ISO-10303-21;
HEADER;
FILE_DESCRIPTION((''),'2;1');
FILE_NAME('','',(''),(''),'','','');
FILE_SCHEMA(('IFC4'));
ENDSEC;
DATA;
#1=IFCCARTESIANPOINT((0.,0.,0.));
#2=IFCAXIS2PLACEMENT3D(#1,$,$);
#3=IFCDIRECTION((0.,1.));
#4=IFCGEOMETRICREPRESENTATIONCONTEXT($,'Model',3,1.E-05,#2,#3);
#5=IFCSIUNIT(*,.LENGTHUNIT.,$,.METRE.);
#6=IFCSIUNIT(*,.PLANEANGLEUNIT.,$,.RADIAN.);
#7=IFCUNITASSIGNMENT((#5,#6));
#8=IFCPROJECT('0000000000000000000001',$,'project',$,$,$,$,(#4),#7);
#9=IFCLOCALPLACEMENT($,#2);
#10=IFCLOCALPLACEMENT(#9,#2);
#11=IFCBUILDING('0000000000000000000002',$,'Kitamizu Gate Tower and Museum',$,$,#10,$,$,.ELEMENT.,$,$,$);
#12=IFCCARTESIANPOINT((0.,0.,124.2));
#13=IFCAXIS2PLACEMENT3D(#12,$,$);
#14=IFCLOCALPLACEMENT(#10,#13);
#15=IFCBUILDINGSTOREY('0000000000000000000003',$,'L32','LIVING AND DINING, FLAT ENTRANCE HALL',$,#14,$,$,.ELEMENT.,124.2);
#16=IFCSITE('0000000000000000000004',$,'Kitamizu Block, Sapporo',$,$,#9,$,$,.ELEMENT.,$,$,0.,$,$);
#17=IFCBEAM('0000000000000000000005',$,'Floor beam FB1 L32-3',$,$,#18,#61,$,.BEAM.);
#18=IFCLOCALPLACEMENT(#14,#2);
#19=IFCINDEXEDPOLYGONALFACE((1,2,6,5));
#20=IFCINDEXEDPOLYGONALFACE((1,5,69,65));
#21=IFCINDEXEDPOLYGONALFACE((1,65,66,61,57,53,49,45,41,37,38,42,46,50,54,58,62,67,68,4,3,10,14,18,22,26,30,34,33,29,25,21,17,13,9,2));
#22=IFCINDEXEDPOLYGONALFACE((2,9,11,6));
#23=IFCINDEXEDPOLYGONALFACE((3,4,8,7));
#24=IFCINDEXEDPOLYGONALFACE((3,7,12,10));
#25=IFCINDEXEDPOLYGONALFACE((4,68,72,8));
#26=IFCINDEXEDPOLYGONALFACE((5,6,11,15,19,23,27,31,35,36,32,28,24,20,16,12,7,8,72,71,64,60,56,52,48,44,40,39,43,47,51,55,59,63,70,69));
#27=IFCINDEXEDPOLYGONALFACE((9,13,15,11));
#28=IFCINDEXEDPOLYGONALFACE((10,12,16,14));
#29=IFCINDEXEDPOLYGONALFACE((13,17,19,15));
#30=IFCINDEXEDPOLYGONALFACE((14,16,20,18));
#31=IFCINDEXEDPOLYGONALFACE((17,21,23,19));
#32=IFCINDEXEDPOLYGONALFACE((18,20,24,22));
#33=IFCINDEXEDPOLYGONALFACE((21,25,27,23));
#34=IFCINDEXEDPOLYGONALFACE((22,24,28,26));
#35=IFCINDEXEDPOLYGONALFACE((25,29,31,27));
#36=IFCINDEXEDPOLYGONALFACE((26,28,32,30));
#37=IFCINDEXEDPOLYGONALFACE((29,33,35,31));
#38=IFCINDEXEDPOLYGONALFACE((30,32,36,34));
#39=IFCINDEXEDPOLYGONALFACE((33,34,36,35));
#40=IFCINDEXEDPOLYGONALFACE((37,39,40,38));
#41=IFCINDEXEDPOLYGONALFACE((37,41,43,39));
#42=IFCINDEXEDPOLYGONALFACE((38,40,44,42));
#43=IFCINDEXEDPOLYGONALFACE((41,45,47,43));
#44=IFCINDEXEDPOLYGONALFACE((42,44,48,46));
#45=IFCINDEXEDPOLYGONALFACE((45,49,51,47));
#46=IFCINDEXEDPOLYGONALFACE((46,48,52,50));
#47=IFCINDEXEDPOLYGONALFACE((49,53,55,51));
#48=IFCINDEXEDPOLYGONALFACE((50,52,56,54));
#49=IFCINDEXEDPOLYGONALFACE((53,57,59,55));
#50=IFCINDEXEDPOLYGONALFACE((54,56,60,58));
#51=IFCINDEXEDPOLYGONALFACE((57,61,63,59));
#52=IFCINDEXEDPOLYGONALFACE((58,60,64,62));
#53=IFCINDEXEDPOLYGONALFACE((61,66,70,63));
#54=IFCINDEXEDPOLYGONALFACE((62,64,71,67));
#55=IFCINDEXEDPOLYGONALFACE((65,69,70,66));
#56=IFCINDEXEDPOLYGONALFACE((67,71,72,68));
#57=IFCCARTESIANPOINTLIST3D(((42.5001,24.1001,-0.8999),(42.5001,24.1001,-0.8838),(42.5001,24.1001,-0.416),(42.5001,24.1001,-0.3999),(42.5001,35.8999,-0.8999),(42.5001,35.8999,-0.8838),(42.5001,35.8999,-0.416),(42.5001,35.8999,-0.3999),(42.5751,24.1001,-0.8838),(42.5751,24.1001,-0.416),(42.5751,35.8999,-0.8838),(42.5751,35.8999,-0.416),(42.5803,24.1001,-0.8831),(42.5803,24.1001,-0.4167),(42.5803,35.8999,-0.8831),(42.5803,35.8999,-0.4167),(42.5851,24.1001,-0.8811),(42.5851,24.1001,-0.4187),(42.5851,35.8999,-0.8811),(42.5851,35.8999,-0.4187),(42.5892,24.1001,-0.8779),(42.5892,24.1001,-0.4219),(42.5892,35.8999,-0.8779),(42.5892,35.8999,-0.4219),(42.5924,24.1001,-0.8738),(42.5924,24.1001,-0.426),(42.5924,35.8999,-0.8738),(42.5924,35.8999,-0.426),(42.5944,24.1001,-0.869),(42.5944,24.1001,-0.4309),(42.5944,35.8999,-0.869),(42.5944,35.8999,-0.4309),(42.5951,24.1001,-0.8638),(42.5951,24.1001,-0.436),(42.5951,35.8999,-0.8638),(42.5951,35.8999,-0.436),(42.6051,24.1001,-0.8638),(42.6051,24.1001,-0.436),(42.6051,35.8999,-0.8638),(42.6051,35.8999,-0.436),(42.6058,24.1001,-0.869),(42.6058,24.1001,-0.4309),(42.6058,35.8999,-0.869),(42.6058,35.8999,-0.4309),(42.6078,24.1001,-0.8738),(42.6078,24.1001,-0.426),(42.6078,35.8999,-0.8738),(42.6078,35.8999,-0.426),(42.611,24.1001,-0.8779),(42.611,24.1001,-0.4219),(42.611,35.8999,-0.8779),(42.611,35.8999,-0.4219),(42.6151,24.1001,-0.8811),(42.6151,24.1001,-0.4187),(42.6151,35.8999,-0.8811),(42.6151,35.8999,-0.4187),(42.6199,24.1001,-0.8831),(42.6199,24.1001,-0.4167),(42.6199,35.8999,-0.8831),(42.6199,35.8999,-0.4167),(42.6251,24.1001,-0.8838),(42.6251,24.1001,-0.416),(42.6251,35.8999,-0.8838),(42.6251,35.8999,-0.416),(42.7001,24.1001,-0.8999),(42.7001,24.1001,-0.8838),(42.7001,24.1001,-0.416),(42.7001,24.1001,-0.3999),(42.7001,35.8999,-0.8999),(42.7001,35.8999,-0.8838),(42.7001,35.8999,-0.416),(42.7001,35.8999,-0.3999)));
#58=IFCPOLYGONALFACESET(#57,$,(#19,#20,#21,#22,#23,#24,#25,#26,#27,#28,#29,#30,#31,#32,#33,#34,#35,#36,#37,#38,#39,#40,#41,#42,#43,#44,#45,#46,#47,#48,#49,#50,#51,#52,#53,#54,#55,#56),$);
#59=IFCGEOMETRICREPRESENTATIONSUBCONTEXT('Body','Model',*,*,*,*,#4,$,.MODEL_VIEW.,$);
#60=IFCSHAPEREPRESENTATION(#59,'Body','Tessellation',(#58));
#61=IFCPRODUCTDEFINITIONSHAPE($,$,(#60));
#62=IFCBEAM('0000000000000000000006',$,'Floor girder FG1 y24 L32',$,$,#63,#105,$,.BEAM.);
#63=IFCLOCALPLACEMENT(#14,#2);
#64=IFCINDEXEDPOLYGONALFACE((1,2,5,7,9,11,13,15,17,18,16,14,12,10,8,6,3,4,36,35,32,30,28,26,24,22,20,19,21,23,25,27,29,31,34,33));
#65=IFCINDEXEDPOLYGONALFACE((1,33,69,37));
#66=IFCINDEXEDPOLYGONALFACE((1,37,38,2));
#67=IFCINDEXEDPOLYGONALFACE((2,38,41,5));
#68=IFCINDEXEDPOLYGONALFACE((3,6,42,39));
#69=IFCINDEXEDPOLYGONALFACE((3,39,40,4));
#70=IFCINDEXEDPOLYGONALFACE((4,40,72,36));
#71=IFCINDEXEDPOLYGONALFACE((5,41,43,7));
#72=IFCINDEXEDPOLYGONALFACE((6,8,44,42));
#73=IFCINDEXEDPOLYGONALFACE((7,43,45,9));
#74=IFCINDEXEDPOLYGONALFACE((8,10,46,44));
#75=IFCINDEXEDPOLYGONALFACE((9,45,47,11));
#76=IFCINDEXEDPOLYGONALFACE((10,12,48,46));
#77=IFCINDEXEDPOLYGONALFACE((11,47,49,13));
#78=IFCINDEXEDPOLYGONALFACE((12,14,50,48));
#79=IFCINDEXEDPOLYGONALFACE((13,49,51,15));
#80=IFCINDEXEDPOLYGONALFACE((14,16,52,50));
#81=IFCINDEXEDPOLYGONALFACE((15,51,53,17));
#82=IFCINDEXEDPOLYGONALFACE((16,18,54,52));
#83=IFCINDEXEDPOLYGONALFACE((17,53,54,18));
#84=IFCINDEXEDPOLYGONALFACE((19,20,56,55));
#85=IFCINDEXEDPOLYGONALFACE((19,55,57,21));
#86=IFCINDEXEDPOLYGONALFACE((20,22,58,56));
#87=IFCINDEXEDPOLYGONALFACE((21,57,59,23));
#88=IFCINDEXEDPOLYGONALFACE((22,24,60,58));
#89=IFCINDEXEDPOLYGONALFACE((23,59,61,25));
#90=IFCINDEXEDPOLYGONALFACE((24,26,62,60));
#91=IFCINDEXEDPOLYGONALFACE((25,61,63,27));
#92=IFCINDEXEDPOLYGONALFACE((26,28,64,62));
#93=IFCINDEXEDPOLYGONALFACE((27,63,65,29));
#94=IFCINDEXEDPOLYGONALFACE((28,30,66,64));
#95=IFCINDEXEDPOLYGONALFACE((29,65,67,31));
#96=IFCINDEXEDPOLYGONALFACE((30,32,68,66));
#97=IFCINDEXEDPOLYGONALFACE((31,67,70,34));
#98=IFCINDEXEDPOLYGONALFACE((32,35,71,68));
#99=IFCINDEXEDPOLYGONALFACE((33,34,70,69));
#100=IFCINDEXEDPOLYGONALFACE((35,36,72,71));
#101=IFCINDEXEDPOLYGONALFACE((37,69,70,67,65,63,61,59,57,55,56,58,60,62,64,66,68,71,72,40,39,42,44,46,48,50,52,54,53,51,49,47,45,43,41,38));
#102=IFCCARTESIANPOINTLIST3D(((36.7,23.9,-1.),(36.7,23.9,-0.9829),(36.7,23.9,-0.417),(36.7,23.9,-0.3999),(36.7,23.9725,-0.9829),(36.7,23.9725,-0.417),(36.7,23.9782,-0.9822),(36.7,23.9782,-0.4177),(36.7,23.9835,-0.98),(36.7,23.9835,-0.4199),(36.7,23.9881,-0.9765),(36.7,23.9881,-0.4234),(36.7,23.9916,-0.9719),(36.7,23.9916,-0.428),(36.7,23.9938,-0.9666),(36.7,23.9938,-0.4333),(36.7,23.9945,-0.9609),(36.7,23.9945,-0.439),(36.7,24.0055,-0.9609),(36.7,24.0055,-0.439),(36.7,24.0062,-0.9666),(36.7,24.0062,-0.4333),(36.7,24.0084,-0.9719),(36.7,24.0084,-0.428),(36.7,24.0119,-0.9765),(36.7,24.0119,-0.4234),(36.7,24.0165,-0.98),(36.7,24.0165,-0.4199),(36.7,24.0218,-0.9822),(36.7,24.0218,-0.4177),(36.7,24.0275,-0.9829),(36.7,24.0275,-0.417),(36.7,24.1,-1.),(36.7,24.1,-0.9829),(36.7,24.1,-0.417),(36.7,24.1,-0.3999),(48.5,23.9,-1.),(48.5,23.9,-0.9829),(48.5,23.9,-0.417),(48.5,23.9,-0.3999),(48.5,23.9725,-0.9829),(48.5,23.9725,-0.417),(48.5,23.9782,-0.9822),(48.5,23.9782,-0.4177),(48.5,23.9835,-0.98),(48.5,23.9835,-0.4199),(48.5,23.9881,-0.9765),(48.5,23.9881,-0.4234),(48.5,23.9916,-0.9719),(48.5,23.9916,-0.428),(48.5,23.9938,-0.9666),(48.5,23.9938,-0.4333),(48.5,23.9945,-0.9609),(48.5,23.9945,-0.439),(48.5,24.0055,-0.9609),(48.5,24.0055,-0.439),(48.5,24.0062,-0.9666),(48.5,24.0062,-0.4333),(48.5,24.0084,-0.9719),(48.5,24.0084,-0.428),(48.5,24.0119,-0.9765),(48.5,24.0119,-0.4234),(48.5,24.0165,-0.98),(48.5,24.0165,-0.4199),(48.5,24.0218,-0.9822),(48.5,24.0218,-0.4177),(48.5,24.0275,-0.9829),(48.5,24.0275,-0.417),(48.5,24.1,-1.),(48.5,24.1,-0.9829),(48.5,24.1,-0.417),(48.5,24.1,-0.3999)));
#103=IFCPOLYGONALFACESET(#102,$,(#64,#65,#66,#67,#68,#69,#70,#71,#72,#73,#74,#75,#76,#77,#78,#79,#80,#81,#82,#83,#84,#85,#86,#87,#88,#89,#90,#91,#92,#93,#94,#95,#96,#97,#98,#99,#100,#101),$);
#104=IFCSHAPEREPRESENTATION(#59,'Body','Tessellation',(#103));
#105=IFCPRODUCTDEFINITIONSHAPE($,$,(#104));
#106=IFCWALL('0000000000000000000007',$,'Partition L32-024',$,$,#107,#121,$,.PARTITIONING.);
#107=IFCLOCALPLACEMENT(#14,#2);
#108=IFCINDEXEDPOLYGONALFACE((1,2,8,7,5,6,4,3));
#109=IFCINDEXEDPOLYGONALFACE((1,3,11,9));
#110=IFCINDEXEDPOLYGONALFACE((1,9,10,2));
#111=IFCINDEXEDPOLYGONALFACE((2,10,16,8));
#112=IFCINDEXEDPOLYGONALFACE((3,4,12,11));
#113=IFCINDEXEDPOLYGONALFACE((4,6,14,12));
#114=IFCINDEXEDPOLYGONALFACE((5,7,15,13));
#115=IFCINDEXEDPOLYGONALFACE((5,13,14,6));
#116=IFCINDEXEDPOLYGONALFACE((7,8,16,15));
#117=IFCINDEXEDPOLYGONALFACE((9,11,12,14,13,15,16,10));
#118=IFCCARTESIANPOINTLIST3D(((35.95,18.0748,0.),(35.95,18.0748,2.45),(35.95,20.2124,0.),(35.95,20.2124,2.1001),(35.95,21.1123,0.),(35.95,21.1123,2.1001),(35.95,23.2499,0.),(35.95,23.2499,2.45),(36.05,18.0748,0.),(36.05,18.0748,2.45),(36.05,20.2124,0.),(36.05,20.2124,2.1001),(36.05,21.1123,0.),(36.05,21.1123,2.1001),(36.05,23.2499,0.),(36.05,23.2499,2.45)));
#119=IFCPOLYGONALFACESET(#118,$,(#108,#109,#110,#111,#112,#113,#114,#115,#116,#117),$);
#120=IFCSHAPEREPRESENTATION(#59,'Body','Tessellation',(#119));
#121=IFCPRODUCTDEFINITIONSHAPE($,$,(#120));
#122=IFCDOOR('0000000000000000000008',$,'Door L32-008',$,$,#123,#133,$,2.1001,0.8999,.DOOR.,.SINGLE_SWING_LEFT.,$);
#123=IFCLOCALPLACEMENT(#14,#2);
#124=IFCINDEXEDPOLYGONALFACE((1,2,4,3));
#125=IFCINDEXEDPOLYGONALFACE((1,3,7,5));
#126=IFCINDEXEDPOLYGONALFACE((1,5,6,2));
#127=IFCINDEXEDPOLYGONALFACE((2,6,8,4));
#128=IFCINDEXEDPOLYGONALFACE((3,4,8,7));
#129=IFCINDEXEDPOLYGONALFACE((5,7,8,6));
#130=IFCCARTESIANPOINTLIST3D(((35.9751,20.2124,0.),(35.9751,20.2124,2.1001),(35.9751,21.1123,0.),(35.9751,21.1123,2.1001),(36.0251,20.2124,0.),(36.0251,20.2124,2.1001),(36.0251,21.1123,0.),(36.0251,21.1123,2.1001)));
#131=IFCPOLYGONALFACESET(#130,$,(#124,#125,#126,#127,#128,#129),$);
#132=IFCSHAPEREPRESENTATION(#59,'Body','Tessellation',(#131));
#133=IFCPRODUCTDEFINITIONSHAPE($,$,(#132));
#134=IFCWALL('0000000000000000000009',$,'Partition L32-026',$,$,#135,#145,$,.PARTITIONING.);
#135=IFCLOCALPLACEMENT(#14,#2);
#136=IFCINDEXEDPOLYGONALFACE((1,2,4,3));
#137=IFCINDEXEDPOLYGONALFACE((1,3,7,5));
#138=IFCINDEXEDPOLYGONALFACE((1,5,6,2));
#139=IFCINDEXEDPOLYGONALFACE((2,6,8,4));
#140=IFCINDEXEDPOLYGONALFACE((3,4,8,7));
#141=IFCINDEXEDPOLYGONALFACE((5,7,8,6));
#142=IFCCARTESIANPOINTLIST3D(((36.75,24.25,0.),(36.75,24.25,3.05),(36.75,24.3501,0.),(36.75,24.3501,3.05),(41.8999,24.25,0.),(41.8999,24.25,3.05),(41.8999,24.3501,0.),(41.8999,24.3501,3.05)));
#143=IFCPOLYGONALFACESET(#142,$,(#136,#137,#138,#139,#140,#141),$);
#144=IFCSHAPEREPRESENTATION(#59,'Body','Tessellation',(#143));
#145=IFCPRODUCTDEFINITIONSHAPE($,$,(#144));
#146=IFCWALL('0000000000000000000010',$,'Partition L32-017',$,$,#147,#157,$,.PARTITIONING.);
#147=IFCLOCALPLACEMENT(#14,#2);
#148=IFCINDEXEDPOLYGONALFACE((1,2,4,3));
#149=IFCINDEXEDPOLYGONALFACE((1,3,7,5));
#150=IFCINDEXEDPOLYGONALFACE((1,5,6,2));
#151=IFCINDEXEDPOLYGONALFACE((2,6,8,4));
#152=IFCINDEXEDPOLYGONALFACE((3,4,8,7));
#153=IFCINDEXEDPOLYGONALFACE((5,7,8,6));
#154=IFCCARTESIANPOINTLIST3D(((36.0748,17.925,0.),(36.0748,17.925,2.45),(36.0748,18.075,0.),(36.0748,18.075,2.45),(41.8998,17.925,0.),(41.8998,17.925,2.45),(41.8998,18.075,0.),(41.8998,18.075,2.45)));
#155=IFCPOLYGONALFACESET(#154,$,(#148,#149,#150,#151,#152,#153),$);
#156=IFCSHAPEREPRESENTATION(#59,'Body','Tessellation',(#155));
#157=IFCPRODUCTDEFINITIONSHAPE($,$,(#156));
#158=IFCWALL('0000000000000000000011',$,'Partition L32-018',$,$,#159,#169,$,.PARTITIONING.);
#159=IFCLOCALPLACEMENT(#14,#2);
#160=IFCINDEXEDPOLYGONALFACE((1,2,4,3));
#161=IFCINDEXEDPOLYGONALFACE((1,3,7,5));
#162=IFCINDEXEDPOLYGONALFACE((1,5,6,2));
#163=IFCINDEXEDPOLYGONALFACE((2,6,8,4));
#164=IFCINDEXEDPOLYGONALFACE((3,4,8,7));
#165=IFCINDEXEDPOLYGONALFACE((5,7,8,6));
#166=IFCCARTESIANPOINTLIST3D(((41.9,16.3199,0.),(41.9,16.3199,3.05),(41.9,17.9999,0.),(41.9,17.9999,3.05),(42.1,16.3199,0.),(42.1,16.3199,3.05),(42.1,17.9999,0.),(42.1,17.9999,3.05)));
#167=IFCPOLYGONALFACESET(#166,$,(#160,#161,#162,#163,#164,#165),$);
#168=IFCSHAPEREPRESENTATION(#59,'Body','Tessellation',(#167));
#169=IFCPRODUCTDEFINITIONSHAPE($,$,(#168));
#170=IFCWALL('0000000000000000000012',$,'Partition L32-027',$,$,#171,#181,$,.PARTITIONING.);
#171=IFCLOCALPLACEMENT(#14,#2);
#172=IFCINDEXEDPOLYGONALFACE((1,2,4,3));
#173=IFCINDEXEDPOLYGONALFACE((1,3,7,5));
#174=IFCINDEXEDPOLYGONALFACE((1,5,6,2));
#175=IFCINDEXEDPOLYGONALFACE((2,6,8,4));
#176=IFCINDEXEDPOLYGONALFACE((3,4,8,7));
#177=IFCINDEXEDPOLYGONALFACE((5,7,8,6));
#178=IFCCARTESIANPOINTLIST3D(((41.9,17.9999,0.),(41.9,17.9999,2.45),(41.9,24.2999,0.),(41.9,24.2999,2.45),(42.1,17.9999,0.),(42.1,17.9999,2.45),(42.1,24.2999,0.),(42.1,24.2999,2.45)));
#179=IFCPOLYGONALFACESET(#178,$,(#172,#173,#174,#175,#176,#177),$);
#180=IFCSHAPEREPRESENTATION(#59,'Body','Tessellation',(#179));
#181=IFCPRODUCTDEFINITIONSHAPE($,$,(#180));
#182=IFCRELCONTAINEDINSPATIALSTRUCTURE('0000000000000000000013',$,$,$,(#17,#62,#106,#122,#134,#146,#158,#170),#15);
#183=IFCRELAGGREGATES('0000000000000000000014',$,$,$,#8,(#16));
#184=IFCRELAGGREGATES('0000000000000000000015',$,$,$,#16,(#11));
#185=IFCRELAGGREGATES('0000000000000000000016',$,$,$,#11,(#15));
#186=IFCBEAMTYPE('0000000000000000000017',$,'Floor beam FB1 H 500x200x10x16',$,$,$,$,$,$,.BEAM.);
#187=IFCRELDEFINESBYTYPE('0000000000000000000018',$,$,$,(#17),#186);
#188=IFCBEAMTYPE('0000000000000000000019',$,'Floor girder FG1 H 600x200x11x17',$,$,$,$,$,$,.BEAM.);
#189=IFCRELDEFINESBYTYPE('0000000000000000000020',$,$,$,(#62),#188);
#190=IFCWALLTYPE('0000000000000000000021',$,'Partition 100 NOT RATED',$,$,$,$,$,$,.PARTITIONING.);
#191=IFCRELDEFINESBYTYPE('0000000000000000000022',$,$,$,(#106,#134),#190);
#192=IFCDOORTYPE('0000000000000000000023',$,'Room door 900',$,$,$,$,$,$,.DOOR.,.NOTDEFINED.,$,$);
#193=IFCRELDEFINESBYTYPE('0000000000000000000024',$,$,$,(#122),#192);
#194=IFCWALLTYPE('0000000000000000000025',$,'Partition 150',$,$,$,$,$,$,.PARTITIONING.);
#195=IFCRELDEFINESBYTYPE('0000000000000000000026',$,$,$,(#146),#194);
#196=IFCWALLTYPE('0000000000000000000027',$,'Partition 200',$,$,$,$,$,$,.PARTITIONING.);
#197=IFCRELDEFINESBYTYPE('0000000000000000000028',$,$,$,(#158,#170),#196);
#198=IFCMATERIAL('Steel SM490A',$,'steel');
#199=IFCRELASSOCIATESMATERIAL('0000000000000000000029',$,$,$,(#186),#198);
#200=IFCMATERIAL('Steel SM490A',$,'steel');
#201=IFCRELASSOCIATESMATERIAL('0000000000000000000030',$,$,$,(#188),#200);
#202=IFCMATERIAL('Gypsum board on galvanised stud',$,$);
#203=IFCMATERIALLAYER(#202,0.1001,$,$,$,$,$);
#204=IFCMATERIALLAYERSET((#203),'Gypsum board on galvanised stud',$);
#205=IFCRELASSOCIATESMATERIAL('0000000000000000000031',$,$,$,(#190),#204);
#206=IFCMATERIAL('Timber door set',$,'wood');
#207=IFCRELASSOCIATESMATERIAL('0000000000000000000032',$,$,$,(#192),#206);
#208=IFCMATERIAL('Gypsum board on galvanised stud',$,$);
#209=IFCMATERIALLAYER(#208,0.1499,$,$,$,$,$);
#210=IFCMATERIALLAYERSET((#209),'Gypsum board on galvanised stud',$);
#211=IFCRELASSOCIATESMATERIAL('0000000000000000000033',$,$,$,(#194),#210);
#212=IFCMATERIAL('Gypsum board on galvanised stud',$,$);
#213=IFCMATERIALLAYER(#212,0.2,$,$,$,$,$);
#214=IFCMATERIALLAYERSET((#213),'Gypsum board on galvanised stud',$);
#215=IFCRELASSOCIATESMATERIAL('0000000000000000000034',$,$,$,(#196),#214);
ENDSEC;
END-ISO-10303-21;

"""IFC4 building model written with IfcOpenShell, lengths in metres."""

from ifc_helpers import new_model, si_unit, direction, frame, frame_2d, origin, origin_2d, place, context, subcontext, project, spatial, rectangle, i_section, extrude, material, layer, layer_set, material_profile, profile_set, type_object, element, fill, save


model = new_model("IFC4")

# Units and contexts
model_context = context("Model", 3, precision=1e-05, world=origin(), true_north=direction((0.0, 1.0)))
body_context = subcontext(model_context, "Body", "Model", "MODEL_VIEW")
ifc_project = project(units=[si_unit("LENGTHUNIT", "METRE"), si_unit("PLANEANGLEUNIT", "RADIAN")], contexts=[model_context])

# Site, building, storey
site_placement = place(None, origin())
site = spatial("IfcSite", under=ifc_project, at=site_placement, Name="Kitamizu Block, Sapporo", CompositionType="ELEMENT", RefElevation=0.0)
building_placement = place(site_placement, origin())
building = spatial("IfcBuilding", under=site, at=building_placement, Name="Kitamizu Gate Tower and Museum", CompositionType="ELEMENT")
storey_placement = place(building_placement, frame((0.0, 0.0, 124.2)))
storey = spatial("IfcBuildingStorey", under=building, at=storey_placement, Name="L32", Description="LIVING AND DINING, FLAT ENTRANCE HALL", CompositionType="ELEMENT", Elevation=124.2)

# Beams
ifc_material_1 = material(Name="Steel SM490A", Category="steel")
ifc_material_profile_1 = material_profile(ifc_material_1, i_section(OverallWidth=0.2, OverallDepth=0.5, WebThickness=0.01, FlangeThickness=0.0161, FilletRadius=0.02, at=origin_2d()), Name="H-500x200x10x16")
ifc_profile_set_1 = profile_set([ifc_material_profile_1], Name="Steel SM490A")
beam_type_1 = type_object("IfcBeamType", Name="Floor beam FB1 H 500x200x10x16", PredefinedType="BEAM", material=ifc_profile_set_1)
beam_1_placement = place(storey_placement, frame((42.6001, 24.1001, -0.6499), z_axis=(0.0, 1.0, 0.0), x_axis=(-1.0, 0.0, 0.0)))
element("IfcBeam", 1, at=beam_1_placement, inside=storey, type_object=beam_type_1, Name="Floor beam FB1 L32-3", PredefinedType="BEAM", context=body_context, shape_type="SweptSolid", body=[
    extrude(i_section(OverallWidth=0.2, OverallDepth=0.5, WebThickness=0.01, FlangeThickness=0.0161, FilletRadius=0.02, at=origin_2d()), origin(), (0.0, 0.0, 1.0), 11.7998),
])
ifc_material_2 = material(Name="Steel SM490A", Category="steel")
ifc_material_profile_2 = material_profile(ifc_material_2, i_section(OverallWidth=0.2, OverallDepth=0.6001, WebThickness=0.011, FlangeThickness=0.0171, FilletRadius=0.022, at=origin_2d()), Name="H-600x200x11x17")
ifc_profile_set_2 = profile_set([ifc_material_profile_2], Name="Steel SM490A")
beam_type_2 = type_object("IfcBeamType", Name="Floor girder FG1 H 600x200x11x17", PredefinedType="BEAM", material=ifc_profile_set_2)
beam_2_placement = place(storey_placement, frame((36.7, 24.0, -0.7), z_axis=(1.0, 0.0, 0.0), x_axis=(0.0, 1.0, 0.0)))
element("IfcBeam", 2, at=beam_2_placement, inside=storey, type_object=beam_type_2, Name="Floor girder FG1 y24 L32", PredefinedType="BEAM", context=body_context, shape_type="SweptSolid", body=[
    extrude(i_section(OverallWidth=0.2, OverallDepth=0.6001, WebThickness=0.011, FlangeThickness=0.0171, FilletRadius=0.022, at=origin_2d()), origin(), (0.0, 0.0, 1.0), 11.8),
])

# Wall, opening, door
ifc_material_3 = material(Name="Gypsum board on galvanised stud")
ifc_layer_1 = layer(ifc_material_3, 0.1001)
ifc_layer_set_1 = layer_set([ifc_layer_1], Name="Gypsum board on galvanised stud")
wall_type_1 = type_object("IfcWallType", Name="Partition 100 NOT RATED", PredefinedType="PARTITIONING", material=ifc_layer_set_1)
wall_1_placement = place(storey_placement, frame((36.0, 18.075, 0.0), z_axis=(0.0, 0.0, 1.0), x_axis=(0.0, 1.0, 0.0)))
wall_1 = element("IfcWall", 3, at=wall_1_placement, inside=storey, type_object=wall_type_1, Name="Partition L32-024", PredefinedType="PARTITIONING", context=body_context, shape_type="SweptSolid", body=[
    extrude(rectangle(XDim=5.175, YDim=0.1001, at=frame_2d((2.5874, 0.0))), origin(), (0.0, 0.0, 1.0), 2.45),
])
opening_1_placement = place(wall_1_placement, frame((2.1375, 0.0, 0.0)))
opening_1 = element("IfcOpeningElement", 4, at=opening_1_placement, cuts=wall_1, PredefinedType="OPENING", context=body_context, shape_type="SweptSolid", body=[
    extrude(rectangle(XDim=0.8999, YDim=2.1001, at=frame_2d((0.45, 1.05))), frame((0.0, 0.0601, 0.0), z_axis=(0.0, -1.0, 0.0), x_axis=(1.0, 0.0, 0.0)), (0.0, 0.0, 1.0), 0.1201),
])
ifc_material_4 = material(Name="Timber door set", Category="wood")
door_type = type_object("IfcDoorType", Name="Room door 900", OperationType="NOTDEFINED", PredefinedType="DOOR", material=ifc_material_4)
door_1_placement = place(opening_1_placement, origin())
door_1 = element("IfcDoor", 5, at=door_1_placement, inside=storey, type_object=door_type, Name="Door L32-008", OperationType="SINGLE_SWING_LEFT", OverallHeight=2.1001, OverallWidth=0.8999, PredefinedType="DOOR", context=body_context, shape_type="SweptSolid", body=[
    extrude(rectangle(XDim=0.8999, YDim=2.1001, at=frame_2d((0.45, 1.05))), frame((0.0, 0.0249, 0.0), z_axis=(0.0, -1.0, 0.0), x_axis=(1.0, 0.0, 0.0)), (0.0, 0.0, 1.0), 0.05),
])
fill(opening_1, door_1)

# Walls
wall_2_placement = place(storey_placement, frame((41.8999, 24.3, 0.0), z_axis=(0.0, 0.0, 1.0), x_axis=(-1.0, 0.0, 0.0)))
element("IfcWall", 6, at=wall_2_placement, inside=storey, type_object=wall_type_1, Name="Partition L32-026", PredefinedType="PARTITIONING", context=body_context, shape_type="SweptSolid", body=[
    extrude(rectangle(XDim=5.1499, YDim=0.1001, at=frame_2d((2.575, 0.0))), origin(), (0.0, 0.0, 1.0), 3.05),
])
ifc_material_5 = material(Name="Gypsum board on galvanised stud")
ifc_layer_2 = layer(ifc_material_5, 0.1499)
ifc_layer_set_2 = layer_set([ifc_layer_2], Name="Gypsum board on galvanised stud")
wall_type_2 = type_object("IfcWallType", Name="Partition 150", PredefinedType="PARTITIONING", material=ifc_layer_set_2)
wall_3_placement = place(storey_placement, frame((41.8999, 18.0, 0.0), z_axis=(0.0, 0.0, 1.0), x_axis=(-1.0, 0.0, 0.0)))
element("IfcWall", 7, at=wall_3_placement, inside=storey, type_object=wall_type_2, Name="Partition L32-017", PredefinedType="PARTITIONING", context=body_context, shape_type="SweptSolid", body=[
    extrude(rectangle(XDim=5.825, YDim=0.1499, at=frame_2d((2.9126, 0.0))), origin(), (0.0, 0.0, 1.0), 2.45),
])
ifc_material_6 = material(Name="Gypsum board on galvanised stud")
ifc_layer_3 = layer(ifc_material_6, 0.2)
ifc_layer_set_3 = layer_set([ifc_layer_3], Name="Gypsum board on galvanised stud")
wall_type_3 = type_object("IfcWallType", Name="Partition 200", PredefinedType="PARTITIONING", material=ifc_layer_set_3)
wall_4_placement = place(storey_placement, frame((42.0, 16.3201, 0.0), z_axis=(0.0, 0.0, 1.0), x_axis=(0.0, 1.0, 0.0)))
element("IfcWall", 8, at=wall_4_placement, inside=storey, type_object=wall_type_3, Name="Partition L32-018", PredefinedType="PARTITIONING", context=body_context, shape_type="SweptSolid", body=[
    extrude(rectangle(XDim=1.6799, YDim=0.2, at=frame_2d((0.8398, 0.0))), origin(), (0.0, 0.0, 1.0), 3.05),
])
wall_5_placement = place(storey_placement, frame((42.0, 18.0, 0.0), z_axis=(0.0, 0.0, 1.0), x_axis=(0.0, 1.0, 0.0)))
element("IfcWall", 9, at=wall_5_placement, inside=storey, type_object=wall_type_3, Name="Partition L32-027", PredefinedType="PARTITIONING", context=body_context, shape_type="SweptSolid", body=[
    extrude(rectangle(XDim=6.3, YDim=0.2, at=frame_2d((3.1499, 0.0))), origin(), (0.0, 0.0, 1.0), 2.45),
])

save(model, "model.ifc")
